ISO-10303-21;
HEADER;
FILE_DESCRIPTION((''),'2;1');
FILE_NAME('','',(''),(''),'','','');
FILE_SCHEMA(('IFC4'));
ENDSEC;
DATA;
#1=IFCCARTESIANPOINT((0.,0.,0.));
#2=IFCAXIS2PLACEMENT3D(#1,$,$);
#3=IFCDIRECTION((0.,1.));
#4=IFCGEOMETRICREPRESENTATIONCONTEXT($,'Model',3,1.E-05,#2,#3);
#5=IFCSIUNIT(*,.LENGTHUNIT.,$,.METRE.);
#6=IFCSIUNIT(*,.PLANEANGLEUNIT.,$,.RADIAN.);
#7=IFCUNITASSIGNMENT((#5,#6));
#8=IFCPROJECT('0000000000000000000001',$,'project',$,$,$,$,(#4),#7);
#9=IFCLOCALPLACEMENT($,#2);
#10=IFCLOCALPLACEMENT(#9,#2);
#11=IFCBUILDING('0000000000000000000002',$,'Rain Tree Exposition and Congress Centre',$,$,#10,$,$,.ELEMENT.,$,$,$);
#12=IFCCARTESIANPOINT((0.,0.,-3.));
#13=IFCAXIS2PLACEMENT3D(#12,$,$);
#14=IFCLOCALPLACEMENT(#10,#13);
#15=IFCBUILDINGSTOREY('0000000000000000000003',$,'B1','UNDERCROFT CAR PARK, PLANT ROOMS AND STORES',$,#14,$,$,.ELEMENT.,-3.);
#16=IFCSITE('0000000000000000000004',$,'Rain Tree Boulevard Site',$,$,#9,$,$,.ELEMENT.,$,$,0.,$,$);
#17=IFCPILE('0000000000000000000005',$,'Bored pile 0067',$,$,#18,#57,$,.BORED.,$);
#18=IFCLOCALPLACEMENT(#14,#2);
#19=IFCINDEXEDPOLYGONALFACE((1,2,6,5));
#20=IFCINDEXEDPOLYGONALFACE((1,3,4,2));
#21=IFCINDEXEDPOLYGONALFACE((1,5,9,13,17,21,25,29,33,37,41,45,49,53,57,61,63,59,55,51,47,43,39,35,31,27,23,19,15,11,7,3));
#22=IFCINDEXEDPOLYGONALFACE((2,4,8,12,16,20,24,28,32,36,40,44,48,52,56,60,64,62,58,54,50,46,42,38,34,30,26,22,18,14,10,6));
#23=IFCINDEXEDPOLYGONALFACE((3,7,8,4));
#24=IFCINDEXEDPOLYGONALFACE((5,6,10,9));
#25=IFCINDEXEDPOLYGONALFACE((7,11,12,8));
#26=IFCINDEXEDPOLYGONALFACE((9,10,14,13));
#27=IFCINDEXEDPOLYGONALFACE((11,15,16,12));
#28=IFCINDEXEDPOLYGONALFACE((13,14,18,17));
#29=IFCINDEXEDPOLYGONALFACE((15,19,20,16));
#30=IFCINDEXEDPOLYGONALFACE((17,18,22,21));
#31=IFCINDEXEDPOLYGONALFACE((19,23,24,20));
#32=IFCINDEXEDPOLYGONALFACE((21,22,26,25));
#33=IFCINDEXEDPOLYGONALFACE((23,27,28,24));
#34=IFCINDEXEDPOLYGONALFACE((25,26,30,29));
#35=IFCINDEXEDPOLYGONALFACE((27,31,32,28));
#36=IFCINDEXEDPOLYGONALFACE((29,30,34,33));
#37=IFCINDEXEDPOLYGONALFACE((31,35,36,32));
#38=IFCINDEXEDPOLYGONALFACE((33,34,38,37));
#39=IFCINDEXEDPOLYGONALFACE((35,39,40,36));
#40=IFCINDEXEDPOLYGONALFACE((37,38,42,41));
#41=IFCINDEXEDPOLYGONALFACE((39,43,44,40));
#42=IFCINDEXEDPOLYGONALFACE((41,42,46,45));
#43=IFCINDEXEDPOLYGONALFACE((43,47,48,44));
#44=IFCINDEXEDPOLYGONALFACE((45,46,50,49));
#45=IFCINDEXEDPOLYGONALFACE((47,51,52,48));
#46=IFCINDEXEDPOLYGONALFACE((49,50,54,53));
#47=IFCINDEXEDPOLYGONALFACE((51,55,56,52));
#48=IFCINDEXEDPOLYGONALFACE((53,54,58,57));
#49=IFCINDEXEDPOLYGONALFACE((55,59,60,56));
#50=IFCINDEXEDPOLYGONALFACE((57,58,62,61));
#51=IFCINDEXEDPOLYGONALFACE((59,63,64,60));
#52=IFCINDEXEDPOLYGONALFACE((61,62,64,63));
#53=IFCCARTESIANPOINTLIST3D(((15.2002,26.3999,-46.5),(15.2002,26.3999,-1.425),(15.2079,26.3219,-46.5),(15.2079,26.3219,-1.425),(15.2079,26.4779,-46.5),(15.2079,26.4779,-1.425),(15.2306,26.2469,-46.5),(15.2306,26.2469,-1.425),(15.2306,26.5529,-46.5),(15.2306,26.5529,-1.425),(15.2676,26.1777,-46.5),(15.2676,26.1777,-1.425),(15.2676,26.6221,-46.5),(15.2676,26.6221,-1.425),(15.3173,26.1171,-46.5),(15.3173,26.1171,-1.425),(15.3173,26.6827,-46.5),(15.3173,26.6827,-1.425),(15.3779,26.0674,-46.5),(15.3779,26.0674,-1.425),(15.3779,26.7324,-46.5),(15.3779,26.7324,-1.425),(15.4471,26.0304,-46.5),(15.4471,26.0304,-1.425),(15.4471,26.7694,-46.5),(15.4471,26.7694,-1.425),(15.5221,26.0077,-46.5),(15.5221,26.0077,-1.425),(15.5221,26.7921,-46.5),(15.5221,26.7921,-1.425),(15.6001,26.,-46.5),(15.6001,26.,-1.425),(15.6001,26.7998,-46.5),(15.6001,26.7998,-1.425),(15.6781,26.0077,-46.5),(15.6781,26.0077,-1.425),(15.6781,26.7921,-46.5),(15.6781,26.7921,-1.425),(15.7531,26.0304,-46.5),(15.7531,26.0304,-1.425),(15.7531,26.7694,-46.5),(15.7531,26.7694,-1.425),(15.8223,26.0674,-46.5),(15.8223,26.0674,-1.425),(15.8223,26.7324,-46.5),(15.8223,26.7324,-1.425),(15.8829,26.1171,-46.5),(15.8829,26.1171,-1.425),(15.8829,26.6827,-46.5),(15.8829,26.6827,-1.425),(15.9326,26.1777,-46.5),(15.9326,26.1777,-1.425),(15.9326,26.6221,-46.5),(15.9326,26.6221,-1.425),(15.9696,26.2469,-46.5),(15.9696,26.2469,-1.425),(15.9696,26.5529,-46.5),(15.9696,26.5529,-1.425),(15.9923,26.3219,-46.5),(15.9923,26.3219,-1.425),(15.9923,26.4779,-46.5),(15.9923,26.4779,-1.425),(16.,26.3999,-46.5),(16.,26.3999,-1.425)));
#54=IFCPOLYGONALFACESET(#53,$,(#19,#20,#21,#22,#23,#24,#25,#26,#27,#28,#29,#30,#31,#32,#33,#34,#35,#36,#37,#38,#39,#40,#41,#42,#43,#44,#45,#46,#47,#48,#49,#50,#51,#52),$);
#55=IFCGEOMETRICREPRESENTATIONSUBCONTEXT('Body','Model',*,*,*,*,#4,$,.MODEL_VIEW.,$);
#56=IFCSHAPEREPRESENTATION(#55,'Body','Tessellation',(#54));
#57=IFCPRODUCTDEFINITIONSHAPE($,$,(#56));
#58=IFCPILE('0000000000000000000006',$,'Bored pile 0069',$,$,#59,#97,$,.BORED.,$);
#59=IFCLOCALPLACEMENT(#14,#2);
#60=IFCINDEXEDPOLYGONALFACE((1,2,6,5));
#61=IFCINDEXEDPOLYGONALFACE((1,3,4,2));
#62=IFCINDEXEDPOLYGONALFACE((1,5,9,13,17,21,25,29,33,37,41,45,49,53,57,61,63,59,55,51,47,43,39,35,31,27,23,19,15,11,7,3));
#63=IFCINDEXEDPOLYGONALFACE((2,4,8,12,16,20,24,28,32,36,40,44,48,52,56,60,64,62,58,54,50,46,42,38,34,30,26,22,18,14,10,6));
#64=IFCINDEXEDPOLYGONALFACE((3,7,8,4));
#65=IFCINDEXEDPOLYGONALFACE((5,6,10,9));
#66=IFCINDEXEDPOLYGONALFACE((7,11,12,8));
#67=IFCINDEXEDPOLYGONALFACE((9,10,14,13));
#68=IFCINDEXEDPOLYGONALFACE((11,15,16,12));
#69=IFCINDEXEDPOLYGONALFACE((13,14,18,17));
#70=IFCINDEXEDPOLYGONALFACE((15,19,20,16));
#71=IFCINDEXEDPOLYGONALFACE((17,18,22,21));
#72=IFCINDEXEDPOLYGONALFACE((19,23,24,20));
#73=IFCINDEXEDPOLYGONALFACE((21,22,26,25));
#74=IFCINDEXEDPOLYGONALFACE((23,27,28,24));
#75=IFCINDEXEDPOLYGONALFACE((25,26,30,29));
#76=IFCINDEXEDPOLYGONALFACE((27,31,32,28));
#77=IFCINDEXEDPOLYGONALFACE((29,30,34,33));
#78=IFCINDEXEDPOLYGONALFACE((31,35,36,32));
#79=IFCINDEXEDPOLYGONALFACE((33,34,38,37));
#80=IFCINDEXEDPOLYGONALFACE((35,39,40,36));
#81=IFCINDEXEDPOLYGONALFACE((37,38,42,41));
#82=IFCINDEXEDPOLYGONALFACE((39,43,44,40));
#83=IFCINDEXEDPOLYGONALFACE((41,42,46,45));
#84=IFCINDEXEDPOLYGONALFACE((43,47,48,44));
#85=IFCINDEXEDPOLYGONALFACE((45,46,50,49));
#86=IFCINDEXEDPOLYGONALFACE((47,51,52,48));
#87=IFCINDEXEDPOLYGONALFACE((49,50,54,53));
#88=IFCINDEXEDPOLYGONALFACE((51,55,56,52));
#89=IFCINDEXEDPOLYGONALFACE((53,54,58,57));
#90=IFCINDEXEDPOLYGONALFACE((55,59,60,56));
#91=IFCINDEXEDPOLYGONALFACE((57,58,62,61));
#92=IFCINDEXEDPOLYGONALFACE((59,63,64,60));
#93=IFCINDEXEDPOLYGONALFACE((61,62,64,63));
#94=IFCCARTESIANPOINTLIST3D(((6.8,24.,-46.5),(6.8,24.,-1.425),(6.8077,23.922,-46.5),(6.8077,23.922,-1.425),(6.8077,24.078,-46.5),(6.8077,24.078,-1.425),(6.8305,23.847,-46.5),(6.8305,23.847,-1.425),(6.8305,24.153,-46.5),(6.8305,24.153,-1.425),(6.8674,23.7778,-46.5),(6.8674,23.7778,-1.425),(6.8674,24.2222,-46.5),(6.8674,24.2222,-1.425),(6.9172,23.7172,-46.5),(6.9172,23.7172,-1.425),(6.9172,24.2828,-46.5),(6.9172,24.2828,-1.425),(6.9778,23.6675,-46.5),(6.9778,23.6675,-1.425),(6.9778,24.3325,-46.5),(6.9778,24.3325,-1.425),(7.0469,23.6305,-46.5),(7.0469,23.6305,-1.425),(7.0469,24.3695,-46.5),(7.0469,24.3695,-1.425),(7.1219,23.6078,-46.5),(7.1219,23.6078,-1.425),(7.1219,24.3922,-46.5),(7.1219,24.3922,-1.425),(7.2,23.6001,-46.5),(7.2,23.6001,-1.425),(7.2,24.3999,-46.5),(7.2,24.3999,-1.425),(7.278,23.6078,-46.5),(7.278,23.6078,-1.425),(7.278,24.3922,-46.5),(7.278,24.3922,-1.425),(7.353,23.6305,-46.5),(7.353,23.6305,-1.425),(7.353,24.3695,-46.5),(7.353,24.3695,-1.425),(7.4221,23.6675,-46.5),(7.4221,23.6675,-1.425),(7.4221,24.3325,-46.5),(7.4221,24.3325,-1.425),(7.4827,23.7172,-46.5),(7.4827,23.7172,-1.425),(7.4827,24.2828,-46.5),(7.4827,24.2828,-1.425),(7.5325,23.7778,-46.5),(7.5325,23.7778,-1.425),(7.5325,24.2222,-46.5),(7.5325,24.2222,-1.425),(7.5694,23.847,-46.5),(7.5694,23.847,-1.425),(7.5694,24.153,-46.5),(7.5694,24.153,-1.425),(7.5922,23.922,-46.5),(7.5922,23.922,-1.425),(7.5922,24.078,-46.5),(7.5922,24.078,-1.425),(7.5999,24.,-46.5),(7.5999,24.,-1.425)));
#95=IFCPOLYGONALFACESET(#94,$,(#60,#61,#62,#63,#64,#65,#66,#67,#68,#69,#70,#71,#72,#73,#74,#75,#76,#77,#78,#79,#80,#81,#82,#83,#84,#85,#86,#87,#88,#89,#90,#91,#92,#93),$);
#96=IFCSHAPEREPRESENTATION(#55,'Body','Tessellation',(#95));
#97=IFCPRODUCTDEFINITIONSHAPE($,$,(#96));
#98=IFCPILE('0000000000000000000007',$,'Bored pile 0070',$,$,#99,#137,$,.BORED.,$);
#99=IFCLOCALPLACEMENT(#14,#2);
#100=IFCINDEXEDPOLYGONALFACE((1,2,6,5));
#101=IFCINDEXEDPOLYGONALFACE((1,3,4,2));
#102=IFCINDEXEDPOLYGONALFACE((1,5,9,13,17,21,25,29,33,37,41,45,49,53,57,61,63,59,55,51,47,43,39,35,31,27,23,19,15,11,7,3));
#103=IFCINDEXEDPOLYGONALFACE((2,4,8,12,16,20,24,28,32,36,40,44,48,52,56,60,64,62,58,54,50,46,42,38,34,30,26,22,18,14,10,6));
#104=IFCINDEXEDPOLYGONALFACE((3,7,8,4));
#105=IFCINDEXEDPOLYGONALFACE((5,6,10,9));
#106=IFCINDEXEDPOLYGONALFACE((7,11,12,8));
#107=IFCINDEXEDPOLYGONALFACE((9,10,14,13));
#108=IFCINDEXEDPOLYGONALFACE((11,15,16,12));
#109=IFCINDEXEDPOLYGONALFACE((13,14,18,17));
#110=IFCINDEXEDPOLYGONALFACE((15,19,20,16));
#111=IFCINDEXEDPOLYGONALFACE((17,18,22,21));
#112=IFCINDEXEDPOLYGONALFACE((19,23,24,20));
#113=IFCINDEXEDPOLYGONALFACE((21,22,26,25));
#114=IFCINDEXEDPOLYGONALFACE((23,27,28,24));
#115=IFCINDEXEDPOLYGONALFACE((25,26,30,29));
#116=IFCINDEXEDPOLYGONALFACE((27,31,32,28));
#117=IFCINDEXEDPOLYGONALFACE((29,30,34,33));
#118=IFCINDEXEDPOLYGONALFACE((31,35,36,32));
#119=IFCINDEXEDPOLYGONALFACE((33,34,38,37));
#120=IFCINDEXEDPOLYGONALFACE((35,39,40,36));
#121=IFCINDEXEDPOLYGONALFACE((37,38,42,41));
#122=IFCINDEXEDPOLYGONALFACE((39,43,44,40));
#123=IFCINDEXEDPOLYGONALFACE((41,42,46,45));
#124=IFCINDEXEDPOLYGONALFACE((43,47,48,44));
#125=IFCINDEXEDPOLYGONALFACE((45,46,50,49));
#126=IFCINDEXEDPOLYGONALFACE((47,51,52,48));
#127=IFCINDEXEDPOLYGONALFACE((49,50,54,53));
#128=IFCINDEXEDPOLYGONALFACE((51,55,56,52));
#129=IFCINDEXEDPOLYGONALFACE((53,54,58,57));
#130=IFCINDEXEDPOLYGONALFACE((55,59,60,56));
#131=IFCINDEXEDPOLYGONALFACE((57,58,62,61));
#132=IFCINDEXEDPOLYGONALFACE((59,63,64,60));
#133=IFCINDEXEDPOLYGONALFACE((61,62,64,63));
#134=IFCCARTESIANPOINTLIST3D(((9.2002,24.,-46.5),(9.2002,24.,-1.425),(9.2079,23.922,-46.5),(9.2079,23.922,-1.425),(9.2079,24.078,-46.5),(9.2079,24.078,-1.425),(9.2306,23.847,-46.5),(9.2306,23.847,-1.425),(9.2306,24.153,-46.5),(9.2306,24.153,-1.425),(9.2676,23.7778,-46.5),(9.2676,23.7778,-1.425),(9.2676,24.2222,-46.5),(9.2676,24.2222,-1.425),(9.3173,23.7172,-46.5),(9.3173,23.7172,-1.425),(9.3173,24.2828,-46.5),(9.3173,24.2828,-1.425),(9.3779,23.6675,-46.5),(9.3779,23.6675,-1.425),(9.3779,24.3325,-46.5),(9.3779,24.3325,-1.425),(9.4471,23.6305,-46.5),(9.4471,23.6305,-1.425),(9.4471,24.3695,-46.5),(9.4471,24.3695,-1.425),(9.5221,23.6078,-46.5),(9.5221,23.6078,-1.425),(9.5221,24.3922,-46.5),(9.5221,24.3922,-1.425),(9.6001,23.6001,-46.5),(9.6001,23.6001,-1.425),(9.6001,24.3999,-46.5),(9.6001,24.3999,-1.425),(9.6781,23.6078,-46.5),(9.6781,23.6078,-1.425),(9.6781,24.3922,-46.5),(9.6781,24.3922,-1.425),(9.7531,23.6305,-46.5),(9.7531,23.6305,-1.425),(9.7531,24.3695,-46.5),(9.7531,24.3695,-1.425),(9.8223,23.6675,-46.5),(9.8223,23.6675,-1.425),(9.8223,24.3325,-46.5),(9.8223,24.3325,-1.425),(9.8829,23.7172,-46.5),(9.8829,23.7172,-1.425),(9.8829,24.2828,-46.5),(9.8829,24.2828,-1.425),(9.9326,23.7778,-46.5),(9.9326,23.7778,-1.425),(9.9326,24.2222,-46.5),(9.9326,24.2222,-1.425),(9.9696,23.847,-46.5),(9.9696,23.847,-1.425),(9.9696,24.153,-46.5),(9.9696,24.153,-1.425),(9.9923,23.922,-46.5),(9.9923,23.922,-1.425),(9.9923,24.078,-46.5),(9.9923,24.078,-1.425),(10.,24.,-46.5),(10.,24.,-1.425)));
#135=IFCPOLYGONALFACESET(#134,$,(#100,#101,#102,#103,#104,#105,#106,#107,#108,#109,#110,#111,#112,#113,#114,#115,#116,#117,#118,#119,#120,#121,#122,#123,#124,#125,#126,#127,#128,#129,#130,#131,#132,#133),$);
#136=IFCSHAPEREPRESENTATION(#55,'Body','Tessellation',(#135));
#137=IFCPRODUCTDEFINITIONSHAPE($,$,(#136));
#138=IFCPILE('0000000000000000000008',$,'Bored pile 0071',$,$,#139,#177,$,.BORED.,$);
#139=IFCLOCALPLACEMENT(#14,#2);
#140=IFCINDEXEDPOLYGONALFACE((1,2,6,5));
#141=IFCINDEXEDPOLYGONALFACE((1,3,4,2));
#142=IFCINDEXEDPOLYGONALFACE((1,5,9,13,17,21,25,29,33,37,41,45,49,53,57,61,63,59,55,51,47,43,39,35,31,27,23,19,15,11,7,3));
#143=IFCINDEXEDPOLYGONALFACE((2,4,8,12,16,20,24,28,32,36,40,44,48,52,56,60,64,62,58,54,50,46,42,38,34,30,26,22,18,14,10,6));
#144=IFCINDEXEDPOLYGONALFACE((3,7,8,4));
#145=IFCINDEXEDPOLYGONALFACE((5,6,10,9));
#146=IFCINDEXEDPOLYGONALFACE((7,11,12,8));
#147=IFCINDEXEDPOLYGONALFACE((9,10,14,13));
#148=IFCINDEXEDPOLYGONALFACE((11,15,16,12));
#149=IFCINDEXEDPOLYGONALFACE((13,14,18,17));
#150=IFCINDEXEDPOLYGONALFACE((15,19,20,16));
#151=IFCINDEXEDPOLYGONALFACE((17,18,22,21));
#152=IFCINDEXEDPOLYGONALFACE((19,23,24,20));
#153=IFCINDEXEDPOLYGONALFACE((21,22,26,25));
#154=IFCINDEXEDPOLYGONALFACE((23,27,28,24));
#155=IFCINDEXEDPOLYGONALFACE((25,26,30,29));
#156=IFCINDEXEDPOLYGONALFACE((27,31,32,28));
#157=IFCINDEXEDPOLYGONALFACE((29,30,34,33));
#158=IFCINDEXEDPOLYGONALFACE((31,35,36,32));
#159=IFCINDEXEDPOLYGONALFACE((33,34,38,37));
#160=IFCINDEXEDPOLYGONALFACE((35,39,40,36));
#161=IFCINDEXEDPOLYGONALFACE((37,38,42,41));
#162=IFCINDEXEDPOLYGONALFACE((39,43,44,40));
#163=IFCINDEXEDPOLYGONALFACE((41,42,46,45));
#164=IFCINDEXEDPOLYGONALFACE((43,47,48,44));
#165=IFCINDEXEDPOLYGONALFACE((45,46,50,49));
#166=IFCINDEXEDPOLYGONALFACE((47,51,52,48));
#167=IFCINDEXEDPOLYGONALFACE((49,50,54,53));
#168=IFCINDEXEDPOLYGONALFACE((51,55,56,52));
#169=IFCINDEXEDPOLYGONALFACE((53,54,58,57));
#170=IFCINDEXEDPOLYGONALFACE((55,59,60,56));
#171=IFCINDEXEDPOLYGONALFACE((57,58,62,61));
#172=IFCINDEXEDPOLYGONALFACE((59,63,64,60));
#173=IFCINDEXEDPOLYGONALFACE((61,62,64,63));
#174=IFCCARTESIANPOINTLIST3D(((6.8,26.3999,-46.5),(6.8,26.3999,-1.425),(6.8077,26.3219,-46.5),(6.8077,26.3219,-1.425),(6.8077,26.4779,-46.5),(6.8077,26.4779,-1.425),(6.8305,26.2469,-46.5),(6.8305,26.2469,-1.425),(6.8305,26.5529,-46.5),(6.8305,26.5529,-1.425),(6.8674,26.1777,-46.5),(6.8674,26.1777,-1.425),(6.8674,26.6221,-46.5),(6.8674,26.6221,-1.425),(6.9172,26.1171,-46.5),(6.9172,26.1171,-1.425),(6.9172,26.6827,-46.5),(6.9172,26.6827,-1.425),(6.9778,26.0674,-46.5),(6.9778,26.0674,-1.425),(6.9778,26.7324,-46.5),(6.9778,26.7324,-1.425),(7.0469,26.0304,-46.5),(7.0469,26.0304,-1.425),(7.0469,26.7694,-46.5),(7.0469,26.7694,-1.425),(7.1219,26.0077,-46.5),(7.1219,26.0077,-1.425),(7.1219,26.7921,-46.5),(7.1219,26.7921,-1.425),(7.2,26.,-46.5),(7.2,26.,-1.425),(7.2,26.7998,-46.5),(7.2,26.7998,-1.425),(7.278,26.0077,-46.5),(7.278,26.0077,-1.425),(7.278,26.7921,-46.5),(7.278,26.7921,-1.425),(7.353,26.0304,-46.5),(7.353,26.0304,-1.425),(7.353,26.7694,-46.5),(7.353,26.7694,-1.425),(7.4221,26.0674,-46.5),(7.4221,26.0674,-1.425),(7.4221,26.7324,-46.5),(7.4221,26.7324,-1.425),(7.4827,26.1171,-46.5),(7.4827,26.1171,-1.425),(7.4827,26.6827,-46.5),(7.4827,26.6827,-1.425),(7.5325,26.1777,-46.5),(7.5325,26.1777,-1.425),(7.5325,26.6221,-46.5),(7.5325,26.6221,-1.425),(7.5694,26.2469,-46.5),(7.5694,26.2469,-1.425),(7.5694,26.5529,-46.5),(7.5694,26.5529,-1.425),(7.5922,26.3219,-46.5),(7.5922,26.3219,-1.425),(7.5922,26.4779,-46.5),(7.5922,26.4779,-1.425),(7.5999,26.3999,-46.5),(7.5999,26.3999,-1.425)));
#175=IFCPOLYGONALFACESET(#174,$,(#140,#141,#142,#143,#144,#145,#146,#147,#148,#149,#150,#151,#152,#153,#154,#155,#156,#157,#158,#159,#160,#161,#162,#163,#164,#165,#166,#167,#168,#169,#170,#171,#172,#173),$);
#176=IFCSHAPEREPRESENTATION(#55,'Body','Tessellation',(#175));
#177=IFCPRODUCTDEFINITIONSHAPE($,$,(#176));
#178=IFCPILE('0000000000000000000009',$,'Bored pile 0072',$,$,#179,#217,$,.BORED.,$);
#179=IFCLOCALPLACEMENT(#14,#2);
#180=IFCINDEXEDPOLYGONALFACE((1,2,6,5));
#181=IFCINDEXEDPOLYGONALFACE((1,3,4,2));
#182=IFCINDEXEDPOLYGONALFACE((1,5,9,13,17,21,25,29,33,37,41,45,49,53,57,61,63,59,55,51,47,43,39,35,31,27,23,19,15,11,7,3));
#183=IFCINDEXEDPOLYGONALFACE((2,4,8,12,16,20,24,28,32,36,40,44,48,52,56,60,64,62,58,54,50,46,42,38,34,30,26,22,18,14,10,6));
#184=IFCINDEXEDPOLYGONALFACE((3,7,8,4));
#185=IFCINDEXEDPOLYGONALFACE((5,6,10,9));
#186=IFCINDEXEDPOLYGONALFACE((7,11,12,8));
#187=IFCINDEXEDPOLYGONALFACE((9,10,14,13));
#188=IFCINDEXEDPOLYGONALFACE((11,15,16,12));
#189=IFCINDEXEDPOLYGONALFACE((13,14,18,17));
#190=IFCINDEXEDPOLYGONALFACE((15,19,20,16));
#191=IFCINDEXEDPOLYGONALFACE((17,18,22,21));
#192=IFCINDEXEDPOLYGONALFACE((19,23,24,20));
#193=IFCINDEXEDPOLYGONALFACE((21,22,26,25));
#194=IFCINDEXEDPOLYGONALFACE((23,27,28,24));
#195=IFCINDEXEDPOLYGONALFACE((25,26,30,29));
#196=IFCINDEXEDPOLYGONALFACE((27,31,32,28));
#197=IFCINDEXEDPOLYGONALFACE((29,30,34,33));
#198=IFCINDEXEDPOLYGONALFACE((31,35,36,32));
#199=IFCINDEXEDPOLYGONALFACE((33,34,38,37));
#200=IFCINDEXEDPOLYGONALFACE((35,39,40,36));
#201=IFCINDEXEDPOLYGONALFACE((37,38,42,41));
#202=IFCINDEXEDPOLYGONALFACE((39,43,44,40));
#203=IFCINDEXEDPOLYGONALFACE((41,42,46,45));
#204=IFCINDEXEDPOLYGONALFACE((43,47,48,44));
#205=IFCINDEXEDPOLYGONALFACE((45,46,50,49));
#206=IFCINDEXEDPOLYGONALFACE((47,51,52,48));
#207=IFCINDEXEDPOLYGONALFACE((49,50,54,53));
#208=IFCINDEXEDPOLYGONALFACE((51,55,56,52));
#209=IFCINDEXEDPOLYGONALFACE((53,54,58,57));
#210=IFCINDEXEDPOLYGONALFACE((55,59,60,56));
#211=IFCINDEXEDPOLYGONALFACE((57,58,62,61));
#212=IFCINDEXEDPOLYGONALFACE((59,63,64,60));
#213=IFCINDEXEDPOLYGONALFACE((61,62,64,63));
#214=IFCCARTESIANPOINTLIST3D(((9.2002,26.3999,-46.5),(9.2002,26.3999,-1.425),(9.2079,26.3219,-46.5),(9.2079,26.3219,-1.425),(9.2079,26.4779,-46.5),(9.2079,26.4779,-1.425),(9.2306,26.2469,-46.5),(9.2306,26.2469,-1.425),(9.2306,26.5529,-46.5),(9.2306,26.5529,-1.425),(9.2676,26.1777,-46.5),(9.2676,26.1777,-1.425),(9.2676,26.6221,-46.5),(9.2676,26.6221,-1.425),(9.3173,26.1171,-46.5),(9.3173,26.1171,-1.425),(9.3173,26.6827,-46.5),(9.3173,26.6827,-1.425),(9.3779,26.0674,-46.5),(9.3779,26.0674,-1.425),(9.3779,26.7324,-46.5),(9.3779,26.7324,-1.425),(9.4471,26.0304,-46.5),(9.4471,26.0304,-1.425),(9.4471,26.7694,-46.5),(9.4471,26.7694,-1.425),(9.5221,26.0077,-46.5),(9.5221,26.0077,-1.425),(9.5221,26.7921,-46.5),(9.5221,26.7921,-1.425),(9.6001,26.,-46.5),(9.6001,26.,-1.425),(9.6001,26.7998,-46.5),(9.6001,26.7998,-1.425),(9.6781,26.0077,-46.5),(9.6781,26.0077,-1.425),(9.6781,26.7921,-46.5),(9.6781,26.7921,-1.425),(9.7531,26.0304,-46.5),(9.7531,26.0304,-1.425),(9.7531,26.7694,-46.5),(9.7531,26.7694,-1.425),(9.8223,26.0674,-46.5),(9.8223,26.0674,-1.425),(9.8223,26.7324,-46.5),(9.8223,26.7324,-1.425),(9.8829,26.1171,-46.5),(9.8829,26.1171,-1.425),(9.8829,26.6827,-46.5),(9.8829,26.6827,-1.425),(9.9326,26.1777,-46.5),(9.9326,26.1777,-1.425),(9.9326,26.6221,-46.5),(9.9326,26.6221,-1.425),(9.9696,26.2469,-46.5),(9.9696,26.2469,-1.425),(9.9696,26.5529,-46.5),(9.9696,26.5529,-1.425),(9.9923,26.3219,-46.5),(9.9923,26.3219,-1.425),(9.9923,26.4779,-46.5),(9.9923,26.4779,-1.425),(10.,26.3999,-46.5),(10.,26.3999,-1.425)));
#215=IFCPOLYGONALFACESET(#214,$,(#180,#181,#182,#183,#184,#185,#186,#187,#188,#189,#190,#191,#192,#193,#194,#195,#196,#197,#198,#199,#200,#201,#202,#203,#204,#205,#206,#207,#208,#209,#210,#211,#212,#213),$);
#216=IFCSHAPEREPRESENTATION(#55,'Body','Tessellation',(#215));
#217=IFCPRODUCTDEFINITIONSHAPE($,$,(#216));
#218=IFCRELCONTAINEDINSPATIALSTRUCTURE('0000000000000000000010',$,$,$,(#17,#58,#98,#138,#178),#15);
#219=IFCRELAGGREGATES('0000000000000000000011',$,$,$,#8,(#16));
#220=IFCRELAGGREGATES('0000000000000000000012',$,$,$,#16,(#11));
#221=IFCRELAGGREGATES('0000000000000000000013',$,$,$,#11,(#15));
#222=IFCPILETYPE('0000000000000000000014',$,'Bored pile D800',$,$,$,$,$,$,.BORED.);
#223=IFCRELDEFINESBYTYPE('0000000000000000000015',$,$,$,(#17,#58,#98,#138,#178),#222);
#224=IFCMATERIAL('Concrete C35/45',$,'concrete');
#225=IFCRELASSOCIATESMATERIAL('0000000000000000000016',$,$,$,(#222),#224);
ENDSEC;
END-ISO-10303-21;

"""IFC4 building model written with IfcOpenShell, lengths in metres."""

from ifc_helpers import new_model, si_unit, direction, frame, origin, origin_2d, place, context, subcontext, project, spatial, circle, extrude, material, material_profile, profile_set, type_object, element, save


model = new_model("IFC4")

# Units and contexts
model_context = context("Model", 3, precision=1e-05, world=origin(), true_north=direction((0.0, 1.0)))
body_context = subcontext(model_context, "Body", "Model", "MODEL_VIEW")
ifc_project = project(units=[si_unit("LENGTHUNIT", "METRE"), si_unit("PLANEANGLEUNIT", "RADIAN")], contexts=[model_context])

# Site, building, storey
site_placement = place(None, origin())
site = spatial("IfcSite", under=ifc_project, at=site_placement, Name="Rain Tree Boulevard Site", CompositionType="ELEMENT", RefElevation=0.0)
building_placement = place(site_placement, origin())
building = spatial("IfcBuilding", under=site, at=building_placement, Name="Rain Tree Exposition and Congress Centre", CompositionType="ELEMENT")
storey_placement = place(building_placement, frame((0.0, 0.0, -3.0)))
storey = spatial("IfcBuildingStorey", under=building, at=storey_placement, Name="B1", Description="UNDERCROFT CAR PARK, PLANT ROOMS AND STORES", CompositionType="ELEMENT", Elevation=-3.0)

# Piles
ifc_material_1 = material(Name="Concrete C35/45", Category="concrete")
ifc_material_profile_1 = material_profile(ifc_material_1, circle(Radius=0.3999, at=origin_2d()), Name="D800")
ifc_profile_set_1 = profile_set([ifc_material_profile_1], Name="Concrete C35/45")
pile_type = type_object("IfcPileType", Name="Bored pile D800", PredefinedType="BORED", material=ifc_profile_set_1)
for number, where, z_axis, x_axis, name in (
    (1, (15.6001, 26.3999, -1.425), (0.0, 0.0, -1.0), (1.0, 0.0, 0.0), "Bored pile 0067"),
    (2, (7.2, 24.0, -1.425), (0.0, 0.0, -1.0), (1.0, 0.0, 0.0), "Bored pile 0069"),
    (3, (9.6001, 24.0, -1.425), (0.0, 0.0, -1.0), (1.0, 0.0, 0.0), "Bored pile 0070"),
    (4, (7.2, 26.3999, -1.425), (0.0, 0.0, -1.0), (1.0, 0.0, 0.0), "Bored pile 0071"),
    (5, (9.6001, 26.3999, -1.425), (0.0, 0.0, -1.0), (1.0, 0.0, 0.0), "Bored pile 0072"),
):
    element("IfcPile", number, at=place(storey_placement, frame(where, z_axis=z_axis, x_axis=x_axis)), inside=storey, type_object=pile_type, Name=name, PredefinedType="BORED", context=body_context, shape_type="SweptSolid", body=[
        extrude(circle(Radius=0.3999, at=origin_2d()), origin(), (0.0, 0.0, 1.0), 45.075),
    ])

save(model, "model.ifc")
